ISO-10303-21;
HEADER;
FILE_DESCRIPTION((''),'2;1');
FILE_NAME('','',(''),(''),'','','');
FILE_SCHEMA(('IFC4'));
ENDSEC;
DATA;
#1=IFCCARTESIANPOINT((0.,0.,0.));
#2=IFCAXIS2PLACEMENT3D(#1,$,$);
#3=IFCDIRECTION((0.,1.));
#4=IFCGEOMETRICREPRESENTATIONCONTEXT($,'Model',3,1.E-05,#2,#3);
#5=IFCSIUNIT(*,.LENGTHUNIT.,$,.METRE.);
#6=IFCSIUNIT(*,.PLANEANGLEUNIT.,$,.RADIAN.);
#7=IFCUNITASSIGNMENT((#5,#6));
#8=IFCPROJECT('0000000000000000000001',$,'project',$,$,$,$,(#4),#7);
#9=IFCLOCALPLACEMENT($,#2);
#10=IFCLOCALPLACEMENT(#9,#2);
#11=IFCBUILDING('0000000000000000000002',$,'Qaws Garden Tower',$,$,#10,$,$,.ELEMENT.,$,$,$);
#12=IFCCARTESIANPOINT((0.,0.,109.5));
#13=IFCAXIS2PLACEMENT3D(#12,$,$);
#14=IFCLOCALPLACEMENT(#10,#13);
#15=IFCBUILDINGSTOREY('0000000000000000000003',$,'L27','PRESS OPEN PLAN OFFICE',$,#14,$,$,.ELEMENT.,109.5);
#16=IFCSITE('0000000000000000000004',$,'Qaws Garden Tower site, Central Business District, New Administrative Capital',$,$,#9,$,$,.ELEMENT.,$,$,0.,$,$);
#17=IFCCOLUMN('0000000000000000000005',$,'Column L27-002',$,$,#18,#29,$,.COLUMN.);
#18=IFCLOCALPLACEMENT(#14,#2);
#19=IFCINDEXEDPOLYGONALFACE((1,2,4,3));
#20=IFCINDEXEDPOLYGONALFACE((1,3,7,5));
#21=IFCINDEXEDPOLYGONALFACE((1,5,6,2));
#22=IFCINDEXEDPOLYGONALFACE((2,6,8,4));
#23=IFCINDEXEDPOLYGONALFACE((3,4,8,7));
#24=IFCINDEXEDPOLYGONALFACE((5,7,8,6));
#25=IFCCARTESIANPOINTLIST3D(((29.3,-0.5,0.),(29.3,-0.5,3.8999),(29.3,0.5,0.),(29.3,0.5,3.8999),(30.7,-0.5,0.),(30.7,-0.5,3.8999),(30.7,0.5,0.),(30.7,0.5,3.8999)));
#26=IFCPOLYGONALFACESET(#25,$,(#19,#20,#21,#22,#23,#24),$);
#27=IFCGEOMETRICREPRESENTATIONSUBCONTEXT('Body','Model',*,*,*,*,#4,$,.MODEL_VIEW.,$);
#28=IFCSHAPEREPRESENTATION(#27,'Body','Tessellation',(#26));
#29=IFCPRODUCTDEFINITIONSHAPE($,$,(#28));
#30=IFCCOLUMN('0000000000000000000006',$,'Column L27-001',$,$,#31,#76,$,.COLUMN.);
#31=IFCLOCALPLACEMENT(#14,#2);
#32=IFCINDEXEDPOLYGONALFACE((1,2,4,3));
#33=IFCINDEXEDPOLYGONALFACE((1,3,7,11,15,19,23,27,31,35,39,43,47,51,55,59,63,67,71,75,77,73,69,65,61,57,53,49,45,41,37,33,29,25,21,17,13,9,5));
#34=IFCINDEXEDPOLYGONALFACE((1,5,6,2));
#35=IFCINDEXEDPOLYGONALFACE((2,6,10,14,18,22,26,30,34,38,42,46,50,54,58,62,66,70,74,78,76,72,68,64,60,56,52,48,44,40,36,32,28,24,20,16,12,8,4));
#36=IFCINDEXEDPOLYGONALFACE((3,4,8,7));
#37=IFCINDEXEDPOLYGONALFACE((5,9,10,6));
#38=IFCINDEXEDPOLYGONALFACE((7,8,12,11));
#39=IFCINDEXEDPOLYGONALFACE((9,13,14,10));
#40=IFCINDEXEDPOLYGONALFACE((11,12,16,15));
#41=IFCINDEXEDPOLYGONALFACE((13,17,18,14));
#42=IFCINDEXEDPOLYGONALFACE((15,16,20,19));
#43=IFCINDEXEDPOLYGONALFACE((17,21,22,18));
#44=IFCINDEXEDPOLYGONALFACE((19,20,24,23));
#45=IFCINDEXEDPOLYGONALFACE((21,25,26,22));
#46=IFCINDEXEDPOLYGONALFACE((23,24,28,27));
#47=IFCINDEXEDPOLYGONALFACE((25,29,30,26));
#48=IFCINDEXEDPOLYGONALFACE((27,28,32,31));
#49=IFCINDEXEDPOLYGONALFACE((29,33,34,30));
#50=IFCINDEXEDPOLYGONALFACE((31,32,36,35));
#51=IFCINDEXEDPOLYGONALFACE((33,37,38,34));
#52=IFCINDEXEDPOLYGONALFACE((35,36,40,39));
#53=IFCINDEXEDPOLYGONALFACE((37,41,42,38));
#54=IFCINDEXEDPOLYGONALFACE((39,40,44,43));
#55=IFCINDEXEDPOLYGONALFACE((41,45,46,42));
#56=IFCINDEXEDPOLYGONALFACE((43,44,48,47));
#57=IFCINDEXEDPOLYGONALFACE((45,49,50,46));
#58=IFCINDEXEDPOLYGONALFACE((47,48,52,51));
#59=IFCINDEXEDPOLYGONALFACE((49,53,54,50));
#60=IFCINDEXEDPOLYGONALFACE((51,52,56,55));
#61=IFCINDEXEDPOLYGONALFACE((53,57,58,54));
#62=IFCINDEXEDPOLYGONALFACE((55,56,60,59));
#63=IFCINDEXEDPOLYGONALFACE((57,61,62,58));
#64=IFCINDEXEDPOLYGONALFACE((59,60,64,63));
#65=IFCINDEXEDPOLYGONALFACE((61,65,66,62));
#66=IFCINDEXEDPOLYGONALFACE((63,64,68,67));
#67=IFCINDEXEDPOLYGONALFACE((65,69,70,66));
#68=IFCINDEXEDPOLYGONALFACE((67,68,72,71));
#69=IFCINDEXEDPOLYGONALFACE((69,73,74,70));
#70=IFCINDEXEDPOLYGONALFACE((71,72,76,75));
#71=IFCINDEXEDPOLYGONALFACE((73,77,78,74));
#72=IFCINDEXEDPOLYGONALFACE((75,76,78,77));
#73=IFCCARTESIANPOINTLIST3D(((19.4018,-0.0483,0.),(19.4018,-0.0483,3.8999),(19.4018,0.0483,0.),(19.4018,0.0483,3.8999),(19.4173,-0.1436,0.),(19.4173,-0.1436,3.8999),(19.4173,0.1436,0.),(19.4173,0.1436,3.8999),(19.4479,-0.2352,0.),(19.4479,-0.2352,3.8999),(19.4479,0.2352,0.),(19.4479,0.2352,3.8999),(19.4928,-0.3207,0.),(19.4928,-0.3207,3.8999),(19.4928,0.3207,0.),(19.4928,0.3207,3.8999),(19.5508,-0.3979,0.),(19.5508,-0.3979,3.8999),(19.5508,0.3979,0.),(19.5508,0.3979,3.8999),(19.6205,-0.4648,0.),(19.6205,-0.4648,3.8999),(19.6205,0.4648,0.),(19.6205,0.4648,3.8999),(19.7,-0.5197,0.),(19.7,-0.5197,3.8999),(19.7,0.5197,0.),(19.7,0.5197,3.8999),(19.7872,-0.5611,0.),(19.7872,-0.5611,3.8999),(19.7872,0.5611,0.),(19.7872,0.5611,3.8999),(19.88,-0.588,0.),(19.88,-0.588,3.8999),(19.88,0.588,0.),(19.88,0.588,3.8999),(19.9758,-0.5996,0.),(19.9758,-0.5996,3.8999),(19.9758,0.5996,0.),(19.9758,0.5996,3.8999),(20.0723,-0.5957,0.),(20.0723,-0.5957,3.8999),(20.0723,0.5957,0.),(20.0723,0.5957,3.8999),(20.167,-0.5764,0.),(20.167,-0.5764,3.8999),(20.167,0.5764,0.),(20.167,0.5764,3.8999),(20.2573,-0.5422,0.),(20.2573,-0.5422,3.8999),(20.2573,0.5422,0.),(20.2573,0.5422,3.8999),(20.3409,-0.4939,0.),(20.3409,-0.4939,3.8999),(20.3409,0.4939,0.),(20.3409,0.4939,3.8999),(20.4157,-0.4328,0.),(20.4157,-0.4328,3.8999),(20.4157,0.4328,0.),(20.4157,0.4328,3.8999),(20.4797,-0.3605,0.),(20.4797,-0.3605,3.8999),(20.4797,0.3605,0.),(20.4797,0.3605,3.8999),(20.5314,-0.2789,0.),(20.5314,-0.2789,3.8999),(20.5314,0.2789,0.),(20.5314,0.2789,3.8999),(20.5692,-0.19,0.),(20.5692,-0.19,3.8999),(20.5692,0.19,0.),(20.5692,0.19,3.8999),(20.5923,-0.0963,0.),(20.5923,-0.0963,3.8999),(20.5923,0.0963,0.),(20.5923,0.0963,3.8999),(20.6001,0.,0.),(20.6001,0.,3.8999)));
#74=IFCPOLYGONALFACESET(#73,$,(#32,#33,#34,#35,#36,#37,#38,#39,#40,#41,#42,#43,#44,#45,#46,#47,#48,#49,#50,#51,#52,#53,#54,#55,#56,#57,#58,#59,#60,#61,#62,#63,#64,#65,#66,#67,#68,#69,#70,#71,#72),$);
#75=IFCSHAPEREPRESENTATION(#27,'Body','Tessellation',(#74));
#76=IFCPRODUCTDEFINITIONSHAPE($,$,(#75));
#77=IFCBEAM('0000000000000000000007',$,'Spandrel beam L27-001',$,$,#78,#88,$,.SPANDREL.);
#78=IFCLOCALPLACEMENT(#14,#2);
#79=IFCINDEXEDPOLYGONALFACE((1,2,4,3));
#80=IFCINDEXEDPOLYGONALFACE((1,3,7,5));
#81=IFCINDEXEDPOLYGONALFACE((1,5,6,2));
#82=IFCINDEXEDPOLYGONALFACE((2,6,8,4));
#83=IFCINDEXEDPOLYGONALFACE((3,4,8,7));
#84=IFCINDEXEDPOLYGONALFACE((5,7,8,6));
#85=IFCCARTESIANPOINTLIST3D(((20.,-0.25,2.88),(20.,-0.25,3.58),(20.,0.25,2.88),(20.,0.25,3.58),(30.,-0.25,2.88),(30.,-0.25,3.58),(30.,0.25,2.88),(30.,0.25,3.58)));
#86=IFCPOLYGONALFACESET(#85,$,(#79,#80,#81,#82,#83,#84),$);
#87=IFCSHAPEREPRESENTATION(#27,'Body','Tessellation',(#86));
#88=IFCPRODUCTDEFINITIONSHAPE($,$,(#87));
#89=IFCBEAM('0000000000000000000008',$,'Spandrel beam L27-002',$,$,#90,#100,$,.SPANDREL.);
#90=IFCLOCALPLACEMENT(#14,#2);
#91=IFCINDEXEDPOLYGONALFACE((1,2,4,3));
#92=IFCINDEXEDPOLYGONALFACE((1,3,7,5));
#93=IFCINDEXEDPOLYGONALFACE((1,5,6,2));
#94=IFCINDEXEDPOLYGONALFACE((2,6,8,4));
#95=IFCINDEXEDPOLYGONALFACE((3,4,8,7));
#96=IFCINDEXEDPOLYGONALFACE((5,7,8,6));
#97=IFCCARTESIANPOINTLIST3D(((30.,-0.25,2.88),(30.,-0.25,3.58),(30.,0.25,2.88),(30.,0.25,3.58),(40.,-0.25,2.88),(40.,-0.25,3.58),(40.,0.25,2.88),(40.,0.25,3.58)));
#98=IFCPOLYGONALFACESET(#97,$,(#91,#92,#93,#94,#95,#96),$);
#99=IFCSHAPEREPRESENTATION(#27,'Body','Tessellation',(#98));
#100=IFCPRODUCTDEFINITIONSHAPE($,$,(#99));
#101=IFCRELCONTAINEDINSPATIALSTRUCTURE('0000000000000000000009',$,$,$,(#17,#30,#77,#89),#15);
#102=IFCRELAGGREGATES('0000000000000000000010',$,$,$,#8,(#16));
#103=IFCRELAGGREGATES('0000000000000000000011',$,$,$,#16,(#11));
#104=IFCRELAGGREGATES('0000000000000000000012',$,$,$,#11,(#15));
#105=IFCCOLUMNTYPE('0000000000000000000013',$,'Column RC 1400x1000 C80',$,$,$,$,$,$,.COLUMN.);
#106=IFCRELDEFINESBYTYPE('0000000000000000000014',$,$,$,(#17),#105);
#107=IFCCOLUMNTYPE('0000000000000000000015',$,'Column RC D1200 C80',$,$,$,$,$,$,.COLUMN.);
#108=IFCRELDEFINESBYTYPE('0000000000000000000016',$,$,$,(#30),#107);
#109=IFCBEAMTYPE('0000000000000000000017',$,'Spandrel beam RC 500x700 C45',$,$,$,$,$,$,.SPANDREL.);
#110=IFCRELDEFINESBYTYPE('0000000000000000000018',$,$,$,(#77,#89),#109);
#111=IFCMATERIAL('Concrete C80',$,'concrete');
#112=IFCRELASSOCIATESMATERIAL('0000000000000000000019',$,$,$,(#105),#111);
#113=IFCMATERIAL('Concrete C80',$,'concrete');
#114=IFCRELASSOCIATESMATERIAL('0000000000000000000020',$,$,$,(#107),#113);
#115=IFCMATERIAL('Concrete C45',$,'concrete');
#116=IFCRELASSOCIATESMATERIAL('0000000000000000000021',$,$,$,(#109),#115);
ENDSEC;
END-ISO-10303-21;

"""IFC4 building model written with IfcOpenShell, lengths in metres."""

from ifc_helpers import new_model, si_unit, direction, frame, origin, origin_2d, place, context, subcontext, project, spatial, rectangle, circle, extrude, material, material_profile, profile_set, type_object, element, save


model = new_model("IFC4")

# Units and contexts
model_context = context("Model", 3, precision=1e-05, world=origin(), true_north=direction((0.0, 1.0)))
body_context = subcontext(model_context, "Body", "Model", "MODEL_VIEW")
ifc_project = project(units=[si_unit("LENGTHUNIT", "METRE"), si_unit("PLANEANGLEUNIT", "RADIAN")], contexts=[model_context])

# Site, building, storey
site_placement = place(None, origin())
site = spatial("IfcSite", under=ifc_project, at=site_placement, Name="Qaws Garden Tower site, Central Business District, New Administrative Capital", CompositionType="ELEMENT", RefElevation=0.0)
building_placement = place(site_placement, origin())
building = spatial("IfcBuilding", under=site, at=building_placement, Name="Qaws Garden Tower", CompositionType="ELEMENT")
storey_placement = place(building_placement, frame((0.0, 0.0, 109.5)))
storey = spatial("IfcBuildingStorey", under=building, at=storey_placement, Name="L27", Description="PRESS OPEN PLAN OFFICE", CompositionType="ELEMENT", Elevation=109.5)

# Columns
ifc_material_1 = material(Name="Concrete C80", Category="concrete")
ifc_material_profile_1 = material_profile(ifc_material_1, rectangle(XDim=1.3999, YDim=1.0, at=origin_2d()), Name="RC 1400x1000")
ifc_profile_set_1 = profile_set([ifc_material_profile_1], Name="Concrete C80")
column_type_1 = type_object("IfcColumnType", Name="Column RC 1400x1000 C80", PredefinedType="COLUMN", material=ifc_profile_set_1)
column_1_placement = place(storey_placement, frame((30.0, 0.0, 0.0), z_axis=(0.0, 0.0, 1.0), x_axis=(1.0, 0.0, 0.0)))
element("IfcColumn", 1, at=column_1_placement, inside=storey, type_object=column_type_1, Name="Column L27-002", PredefinedType="COLUMN", context=body_context, shape_type="SweptSolid", body=[
    extrude(rectangle(XDim=1.3999, YDim=1.0, at=origin_2d()), origin(), (0.0, 0.0, 1.0), 3.8999),
])
ifc_material_2 = material(Name="Concrete C80", Category="concrete")
ifc_material_profile_2 = material_profile(ifc_material_2, circle(Radius=0.6001, at=origin_2d()), Name="RC D1200")
ifc_profile_set_2 = profile_set([ifc_material_profile_2], Name="Concrete C80")
column_type_2 = type_object("IfcColumnType", Name="Column RC D1200 C80", PredefinedType="COLUMN", material=ifc_profile_set_2)
column_2_placement = place(storey_placement, frame((20.0, 0.0, 0.0), z_axis=(0.0, 0.0, 1.0), x_axis=(1.0, 0.0, 0.0)))
element("IfcColumn", 2, at=column_2_placement, inside=storey, type_object=column_type_2, Name="Column L27-001", PredefinedType="COLUMN", context=body_context, shape_type="SweptSolid", body=[
    extrude(circle(Radius=0.6001, at=origin_2d()), origin(), (0.0, 0.0, 1.0), 3.8999),
])

# Beams
ifc_material_3 = material(Name="Concrete C45", Category="concrete")
ifc_material_profile_3 = material_profile(ifc_material_3, rectangle(XDim=0.5, YDim=0.7, at=origin_2d()), Name="RC 500x700")
ifc_profile_set_3 = profile_set([ifc_material_profile_3], Name="Concrete C45")
beam_type = type_object("IfcBeamType", Name="Spandrel beam RC 500x700 C45", PredefinedType="SPANDREL", material=ifc_profile_set_3)
for number, where, z_axis, x_axis, name in (
    (3, (20.0, 0.0, 3.23), (1.0, 0.0, 0.0), (0.0, 1.0, 0.0), "Spandrel beam L27-001"),
    (4, (30.0, 0.0, 3.23), (1.0, 0.0, 0.0), (0.0, 1.0, 0.0), "Spandrel beam L27-002"),
):
    element("IfcBeam", number, at=place(storey_placement, frame(where, z_axis=z_axis, x_axis=x_axis)), inside=storey, type_object=beam_type, Name=name, PredefinedType="SPANDREL", context=body_context, shape_type="SweptSolid", body=[
        extrude(rectangle(XDim=0.5, YDim=0.7, at=origin_2d()), origin(), (0.0, 0.0, 1.0), 10.0),
    ])

save(model, "model.ifc")
